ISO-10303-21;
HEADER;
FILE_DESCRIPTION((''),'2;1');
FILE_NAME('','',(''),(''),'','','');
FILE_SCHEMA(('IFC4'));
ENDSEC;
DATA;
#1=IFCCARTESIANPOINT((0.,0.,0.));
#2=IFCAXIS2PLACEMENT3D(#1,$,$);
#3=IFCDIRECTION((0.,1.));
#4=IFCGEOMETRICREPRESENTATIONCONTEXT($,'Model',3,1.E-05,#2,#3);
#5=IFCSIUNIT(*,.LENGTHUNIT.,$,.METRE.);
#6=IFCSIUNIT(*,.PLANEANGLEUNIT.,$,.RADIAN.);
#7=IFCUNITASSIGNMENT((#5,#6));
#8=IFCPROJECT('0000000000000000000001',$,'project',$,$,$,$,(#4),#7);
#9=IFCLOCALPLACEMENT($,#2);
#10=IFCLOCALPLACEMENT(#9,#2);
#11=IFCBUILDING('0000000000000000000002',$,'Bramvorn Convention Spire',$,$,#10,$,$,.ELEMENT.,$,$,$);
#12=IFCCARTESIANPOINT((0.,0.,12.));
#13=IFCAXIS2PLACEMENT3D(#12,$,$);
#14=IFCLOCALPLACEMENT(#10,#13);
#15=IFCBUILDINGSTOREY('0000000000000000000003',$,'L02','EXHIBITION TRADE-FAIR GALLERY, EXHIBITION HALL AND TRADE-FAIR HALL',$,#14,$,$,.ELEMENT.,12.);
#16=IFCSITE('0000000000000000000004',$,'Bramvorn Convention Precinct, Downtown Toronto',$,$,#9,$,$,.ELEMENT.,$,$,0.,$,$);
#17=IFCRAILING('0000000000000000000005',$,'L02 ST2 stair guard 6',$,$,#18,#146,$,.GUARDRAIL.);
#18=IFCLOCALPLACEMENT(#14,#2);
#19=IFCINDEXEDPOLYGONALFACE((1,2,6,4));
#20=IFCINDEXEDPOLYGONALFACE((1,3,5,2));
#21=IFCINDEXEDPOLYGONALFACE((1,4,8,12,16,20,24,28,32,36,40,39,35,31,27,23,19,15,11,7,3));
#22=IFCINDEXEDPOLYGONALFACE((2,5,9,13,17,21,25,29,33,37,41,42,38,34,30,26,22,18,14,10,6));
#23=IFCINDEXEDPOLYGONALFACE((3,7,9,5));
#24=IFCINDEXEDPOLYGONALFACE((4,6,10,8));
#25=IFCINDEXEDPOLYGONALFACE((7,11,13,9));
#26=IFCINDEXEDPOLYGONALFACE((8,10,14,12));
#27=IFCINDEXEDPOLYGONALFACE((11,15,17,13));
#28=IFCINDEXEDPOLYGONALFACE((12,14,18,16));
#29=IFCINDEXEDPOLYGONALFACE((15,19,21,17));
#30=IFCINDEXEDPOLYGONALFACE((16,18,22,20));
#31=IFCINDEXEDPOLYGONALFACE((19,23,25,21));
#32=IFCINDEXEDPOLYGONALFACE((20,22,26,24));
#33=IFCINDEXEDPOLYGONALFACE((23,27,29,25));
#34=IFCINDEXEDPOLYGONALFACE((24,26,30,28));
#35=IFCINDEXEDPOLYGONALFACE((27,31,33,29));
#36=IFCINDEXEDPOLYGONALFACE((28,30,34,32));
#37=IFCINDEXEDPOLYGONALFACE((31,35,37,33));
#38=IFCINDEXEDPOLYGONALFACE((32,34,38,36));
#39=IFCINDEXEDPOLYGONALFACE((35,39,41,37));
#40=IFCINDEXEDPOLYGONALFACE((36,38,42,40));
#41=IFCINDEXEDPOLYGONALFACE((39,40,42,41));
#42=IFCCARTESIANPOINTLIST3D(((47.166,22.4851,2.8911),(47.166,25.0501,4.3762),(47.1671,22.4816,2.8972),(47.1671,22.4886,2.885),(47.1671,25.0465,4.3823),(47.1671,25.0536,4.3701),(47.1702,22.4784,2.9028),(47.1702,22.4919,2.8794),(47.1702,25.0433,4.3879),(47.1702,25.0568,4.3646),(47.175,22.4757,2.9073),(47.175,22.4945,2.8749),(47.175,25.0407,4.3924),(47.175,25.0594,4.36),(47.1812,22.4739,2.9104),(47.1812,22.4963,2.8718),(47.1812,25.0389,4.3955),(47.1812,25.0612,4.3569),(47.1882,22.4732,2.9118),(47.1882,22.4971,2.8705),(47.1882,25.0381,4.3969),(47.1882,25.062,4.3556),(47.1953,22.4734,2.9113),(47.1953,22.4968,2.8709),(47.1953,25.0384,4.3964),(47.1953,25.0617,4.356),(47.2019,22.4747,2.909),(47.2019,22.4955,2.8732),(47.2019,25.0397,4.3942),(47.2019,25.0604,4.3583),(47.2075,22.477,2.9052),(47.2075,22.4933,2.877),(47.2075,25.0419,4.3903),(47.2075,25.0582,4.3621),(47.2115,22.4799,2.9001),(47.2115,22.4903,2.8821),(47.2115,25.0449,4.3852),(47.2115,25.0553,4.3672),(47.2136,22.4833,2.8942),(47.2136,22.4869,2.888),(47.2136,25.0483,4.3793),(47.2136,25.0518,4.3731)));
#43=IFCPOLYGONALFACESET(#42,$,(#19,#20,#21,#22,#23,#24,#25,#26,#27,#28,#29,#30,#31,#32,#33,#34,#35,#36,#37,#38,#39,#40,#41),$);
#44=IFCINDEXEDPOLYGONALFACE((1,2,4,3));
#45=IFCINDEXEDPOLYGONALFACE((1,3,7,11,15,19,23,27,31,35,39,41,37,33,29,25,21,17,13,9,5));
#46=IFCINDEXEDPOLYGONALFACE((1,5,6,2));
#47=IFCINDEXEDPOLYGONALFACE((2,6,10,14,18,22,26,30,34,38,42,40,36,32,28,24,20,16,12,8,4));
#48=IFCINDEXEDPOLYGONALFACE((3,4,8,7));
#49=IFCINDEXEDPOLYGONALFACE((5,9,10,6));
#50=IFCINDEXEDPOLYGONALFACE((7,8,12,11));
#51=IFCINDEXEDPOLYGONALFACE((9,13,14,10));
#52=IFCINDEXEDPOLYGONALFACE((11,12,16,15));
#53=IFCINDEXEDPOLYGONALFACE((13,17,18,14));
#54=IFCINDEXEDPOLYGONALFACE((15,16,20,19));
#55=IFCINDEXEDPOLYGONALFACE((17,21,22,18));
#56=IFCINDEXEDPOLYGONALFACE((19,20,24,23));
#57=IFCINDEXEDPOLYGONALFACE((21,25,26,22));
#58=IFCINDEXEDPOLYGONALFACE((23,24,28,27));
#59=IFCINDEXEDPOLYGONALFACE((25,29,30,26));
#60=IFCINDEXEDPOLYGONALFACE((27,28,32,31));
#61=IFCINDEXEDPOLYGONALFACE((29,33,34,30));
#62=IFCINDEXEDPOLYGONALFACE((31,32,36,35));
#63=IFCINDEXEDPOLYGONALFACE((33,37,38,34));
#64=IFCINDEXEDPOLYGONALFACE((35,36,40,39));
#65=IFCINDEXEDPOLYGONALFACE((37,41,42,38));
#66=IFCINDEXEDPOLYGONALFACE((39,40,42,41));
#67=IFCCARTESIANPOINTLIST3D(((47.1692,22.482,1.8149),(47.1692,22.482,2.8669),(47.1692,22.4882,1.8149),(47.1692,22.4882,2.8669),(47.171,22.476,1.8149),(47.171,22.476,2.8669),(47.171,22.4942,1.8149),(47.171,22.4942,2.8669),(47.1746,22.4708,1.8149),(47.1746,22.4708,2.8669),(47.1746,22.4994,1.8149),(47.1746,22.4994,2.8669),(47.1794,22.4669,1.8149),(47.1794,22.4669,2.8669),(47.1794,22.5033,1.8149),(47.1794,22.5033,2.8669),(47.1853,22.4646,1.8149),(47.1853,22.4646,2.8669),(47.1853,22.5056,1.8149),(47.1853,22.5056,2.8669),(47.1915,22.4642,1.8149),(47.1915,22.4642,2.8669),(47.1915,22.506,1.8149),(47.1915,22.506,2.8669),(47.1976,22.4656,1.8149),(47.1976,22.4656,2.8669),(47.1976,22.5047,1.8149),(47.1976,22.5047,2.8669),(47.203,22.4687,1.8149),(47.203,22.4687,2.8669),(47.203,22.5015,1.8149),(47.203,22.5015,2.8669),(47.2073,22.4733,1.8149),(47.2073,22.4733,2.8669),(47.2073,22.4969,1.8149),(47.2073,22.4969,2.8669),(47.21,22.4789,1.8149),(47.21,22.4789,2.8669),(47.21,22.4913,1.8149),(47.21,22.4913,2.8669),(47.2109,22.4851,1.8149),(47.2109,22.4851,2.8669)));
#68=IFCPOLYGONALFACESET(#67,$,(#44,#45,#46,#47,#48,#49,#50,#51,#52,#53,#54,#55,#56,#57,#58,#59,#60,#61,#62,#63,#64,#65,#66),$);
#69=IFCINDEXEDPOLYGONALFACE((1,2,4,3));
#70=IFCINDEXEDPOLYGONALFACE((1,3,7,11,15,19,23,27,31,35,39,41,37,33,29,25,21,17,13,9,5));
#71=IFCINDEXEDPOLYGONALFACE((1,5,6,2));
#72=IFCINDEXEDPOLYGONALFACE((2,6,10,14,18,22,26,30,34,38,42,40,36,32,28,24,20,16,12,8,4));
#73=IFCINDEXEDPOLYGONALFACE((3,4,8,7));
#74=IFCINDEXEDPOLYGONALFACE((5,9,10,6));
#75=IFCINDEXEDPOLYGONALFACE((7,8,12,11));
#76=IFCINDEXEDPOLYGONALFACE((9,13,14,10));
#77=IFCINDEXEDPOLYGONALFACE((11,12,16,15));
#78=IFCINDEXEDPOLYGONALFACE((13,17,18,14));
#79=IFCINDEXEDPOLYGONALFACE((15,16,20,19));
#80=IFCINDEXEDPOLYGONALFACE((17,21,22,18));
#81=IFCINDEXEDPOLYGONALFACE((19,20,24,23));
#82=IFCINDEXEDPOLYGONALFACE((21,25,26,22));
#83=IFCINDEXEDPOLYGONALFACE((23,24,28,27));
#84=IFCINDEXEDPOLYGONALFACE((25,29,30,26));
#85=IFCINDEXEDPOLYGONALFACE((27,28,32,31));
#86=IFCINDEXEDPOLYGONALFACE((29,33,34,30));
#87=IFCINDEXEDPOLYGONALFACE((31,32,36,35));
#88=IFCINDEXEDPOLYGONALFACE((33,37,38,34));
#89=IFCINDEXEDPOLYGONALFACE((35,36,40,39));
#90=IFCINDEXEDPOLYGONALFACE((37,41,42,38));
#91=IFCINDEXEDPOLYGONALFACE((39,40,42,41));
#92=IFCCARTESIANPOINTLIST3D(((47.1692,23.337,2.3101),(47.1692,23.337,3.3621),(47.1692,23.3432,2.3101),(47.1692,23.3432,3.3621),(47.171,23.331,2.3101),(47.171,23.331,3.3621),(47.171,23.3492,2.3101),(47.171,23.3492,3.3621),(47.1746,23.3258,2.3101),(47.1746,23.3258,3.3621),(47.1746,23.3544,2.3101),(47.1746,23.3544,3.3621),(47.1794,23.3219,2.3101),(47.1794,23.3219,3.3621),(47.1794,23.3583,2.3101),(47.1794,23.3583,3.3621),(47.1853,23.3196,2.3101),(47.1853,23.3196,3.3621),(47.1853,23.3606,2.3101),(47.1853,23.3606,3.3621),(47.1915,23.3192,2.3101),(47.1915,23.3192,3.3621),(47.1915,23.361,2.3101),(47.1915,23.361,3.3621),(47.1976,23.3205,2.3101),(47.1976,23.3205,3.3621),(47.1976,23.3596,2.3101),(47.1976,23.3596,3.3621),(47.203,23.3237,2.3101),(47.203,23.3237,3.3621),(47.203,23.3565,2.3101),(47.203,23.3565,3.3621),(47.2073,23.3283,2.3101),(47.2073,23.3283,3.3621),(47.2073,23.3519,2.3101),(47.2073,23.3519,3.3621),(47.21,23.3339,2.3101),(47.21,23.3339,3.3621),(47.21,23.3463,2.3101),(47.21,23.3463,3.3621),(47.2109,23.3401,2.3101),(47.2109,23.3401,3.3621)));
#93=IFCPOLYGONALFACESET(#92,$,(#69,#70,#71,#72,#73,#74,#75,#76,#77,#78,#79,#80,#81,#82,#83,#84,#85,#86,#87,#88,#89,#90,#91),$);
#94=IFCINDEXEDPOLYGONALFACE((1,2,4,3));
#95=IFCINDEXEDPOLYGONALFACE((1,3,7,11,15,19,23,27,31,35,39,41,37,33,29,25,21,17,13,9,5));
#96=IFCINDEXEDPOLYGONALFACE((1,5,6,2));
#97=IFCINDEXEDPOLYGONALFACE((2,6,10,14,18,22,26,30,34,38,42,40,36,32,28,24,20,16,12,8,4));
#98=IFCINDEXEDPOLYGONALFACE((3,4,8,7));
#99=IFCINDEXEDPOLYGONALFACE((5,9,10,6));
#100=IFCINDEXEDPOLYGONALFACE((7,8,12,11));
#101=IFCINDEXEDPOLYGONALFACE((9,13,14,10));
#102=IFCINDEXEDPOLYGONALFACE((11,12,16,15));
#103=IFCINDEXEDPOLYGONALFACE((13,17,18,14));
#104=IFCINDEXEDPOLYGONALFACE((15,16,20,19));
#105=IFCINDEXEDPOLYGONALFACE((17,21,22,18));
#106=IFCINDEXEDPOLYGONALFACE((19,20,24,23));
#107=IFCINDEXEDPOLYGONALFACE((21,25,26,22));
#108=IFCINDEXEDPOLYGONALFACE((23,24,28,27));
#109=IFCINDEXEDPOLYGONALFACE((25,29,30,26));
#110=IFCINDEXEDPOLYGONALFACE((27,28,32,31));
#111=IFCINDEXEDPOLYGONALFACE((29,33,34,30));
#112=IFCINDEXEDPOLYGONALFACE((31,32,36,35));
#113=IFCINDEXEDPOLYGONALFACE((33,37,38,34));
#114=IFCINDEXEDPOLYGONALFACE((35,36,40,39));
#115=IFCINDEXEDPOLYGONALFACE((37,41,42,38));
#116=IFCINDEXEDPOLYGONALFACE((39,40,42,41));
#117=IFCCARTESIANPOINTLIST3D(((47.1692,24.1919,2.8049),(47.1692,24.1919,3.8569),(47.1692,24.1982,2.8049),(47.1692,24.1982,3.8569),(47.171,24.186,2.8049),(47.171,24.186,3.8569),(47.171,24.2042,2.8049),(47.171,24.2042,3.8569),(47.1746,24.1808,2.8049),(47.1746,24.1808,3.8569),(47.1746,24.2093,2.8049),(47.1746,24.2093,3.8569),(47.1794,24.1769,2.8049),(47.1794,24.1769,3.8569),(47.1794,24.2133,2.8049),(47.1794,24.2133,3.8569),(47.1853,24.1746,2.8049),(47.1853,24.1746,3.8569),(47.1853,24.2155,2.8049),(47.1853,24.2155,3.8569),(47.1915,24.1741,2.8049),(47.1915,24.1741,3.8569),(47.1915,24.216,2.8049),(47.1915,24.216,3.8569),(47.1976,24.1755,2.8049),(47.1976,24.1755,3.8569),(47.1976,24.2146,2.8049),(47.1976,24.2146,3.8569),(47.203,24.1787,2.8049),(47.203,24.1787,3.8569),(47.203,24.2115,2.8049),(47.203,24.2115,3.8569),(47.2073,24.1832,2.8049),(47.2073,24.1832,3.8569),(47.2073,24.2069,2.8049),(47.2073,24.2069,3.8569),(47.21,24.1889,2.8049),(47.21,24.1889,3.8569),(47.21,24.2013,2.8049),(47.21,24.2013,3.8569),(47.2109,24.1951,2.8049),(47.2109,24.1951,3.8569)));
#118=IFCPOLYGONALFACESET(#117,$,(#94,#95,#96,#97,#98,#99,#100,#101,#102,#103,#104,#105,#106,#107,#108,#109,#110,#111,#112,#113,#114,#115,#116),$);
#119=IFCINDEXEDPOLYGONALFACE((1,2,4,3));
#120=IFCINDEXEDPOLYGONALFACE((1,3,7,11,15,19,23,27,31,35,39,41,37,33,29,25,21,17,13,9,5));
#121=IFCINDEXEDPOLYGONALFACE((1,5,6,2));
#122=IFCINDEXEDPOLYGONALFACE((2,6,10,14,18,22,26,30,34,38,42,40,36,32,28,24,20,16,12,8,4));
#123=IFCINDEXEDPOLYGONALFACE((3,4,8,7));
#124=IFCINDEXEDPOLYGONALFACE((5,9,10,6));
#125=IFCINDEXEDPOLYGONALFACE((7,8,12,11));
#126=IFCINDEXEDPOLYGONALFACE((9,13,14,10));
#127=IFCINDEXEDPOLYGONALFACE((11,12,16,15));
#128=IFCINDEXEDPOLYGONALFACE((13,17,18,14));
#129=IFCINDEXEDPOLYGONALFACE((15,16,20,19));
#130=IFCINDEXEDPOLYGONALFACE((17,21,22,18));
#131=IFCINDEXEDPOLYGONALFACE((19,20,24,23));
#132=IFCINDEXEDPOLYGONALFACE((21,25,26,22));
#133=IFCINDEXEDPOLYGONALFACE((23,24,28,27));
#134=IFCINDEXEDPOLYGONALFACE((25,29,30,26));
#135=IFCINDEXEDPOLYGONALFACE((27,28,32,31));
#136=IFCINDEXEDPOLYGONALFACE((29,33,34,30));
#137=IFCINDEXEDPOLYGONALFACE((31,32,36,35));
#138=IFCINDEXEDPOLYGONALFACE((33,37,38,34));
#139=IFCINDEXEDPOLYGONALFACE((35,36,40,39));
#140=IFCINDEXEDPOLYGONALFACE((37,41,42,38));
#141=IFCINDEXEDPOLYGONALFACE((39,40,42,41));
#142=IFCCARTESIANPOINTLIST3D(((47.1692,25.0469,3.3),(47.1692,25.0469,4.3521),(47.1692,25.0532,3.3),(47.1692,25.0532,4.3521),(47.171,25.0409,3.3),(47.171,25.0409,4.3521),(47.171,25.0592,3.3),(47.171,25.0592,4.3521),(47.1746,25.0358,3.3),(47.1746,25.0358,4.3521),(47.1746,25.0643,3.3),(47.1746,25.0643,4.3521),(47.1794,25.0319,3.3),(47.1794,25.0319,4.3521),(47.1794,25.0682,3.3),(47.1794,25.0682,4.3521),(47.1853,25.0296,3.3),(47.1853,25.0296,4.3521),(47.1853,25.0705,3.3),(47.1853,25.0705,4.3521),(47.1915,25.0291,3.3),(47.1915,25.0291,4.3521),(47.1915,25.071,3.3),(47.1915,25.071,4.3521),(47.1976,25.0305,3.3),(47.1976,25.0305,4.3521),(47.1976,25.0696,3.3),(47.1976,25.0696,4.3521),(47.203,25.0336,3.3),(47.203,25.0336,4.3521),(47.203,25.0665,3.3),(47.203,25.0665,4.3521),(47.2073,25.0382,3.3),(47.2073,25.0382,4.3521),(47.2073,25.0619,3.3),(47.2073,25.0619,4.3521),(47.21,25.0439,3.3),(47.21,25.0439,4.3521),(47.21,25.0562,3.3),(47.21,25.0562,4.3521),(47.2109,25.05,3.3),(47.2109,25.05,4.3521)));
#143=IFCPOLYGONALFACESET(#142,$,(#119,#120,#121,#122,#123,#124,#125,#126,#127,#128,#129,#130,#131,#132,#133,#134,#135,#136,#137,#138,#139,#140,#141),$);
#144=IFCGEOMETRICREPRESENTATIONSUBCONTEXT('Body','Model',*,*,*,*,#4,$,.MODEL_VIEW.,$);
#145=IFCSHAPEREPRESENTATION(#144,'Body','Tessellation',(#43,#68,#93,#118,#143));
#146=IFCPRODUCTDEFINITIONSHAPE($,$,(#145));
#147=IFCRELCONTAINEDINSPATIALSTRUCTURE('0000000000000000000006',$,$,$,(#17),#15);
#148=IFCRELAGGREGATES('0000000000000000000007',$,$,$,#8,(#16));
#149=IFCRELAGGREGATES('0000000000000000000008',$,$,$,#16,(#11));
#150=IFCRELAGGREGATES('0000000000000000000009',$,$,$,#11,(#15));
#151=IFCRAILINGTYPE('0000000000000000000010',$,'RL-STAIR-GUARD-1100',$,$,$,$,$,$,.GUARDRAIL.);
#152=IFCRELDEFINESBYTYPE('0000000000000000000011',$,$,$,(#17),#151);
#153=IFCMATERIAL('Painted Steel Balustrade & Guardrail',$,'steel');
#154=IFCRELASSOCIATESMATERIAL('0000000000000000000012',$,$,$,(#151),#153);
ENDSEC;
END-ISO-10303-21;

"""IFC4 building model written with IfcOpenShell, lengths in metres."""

from ifc_helpers import new_model, si_unit, direction, frame, origin, origin_2d, place, context, subcontext, project, spatial, circle, extrude, material, type_object, element, save


model = new_model("IFC4")

# Units and contexts
model_context = context("Model", 3, precision=1e-05, world=origin(), true_north=direction((0.0, 1.0)))
body_context = subcontext(model_context, "Body", "Model", "MODEL_VIEW")
ifc_project = project(units=[si_unit("LENGTHUNIT", "METRE"), si_unit("PLANEANGLEUNIT", "RADIAN")], contexts=[model_context])

# Site, building, storey
site_placement = place(None, origin())
site = spatial("IfcSite", under=ifc_project, at=site_placement, Name="Bramvorn Convention Precinct, Downtown Toronto", CompositionType="ELEMENT", RefElevation=0.0)
building_placement = place(site_placement, origin())
building = spatial("IfcBuilding", under=site, at=building_placement, Name="Bramvorn Convention Spire", CompositionType="ELEMENT")
storey_placement = place(building_placement, frame((0.0, 0.0, 12.0)))
storey = spatial("IfcBuildingStorey", under=building, at=storey_placement, Name="L02", Description="EXHIBITION TRADE-FAIR GALLERY, EXHIBITION HALL AND TRADE-FAIR HALL", CompositionType="ELEMENT", Elevation=12.0)

# Railing
ifc_material_1 = material(Name="Painted Steel Balustrade & Guardrail", Category="steel")
railing_type_1 = type_object("IfcRailingType", Name="RL-STAIR-GUARD-1100", PredefinedType="GUARDRAIL", material=ifc_material_1)
railing_1_placement = place(storey_placement, frame((47.1899, 22.4851, 1.8149)))
element("IfcRailing", 1, at=railing_1_placement, inside=storey, type_object=railing_type_1, Name="L02 ST2 stair guard 6", PredefinedType="GUARDRAIL", context=body_context, shape_type="SweptSolid", body=[
    extrude(circle(Radius=0.0239, at=origin_2d()), frame((0.0, 0.0, 1.0762), z_axis=(0.0, 0.865406, 0.501072), x_axis=(-1.0, 0.0, 0.0)), (0.0, 0.0, 1.0), 2.9639),
    extrude(circle(Radius=0.021, at=origin_2d()), origin(), (0.0, 0.0, 1.0), 1.052),
    extrude(circle(Radius=0.021, at=origin_2d()), frame((0.0, 0.855, 0.4951)), (0.0, 0.0, 1.0), 1.052),
    extrude(circle(Radius=0.021, at=origin_2d()), frame((0.0, 1.71, 0.99)), (0.0, 0.0, 1.0), 1.052),
    extrude(circle(Radius=0.021, at=origin_2d()), frame((0.0, 2.5649, 1.4851)), (0.0, 0.0, 1.0), 1.052),
])

save(model, "model.ifc")
